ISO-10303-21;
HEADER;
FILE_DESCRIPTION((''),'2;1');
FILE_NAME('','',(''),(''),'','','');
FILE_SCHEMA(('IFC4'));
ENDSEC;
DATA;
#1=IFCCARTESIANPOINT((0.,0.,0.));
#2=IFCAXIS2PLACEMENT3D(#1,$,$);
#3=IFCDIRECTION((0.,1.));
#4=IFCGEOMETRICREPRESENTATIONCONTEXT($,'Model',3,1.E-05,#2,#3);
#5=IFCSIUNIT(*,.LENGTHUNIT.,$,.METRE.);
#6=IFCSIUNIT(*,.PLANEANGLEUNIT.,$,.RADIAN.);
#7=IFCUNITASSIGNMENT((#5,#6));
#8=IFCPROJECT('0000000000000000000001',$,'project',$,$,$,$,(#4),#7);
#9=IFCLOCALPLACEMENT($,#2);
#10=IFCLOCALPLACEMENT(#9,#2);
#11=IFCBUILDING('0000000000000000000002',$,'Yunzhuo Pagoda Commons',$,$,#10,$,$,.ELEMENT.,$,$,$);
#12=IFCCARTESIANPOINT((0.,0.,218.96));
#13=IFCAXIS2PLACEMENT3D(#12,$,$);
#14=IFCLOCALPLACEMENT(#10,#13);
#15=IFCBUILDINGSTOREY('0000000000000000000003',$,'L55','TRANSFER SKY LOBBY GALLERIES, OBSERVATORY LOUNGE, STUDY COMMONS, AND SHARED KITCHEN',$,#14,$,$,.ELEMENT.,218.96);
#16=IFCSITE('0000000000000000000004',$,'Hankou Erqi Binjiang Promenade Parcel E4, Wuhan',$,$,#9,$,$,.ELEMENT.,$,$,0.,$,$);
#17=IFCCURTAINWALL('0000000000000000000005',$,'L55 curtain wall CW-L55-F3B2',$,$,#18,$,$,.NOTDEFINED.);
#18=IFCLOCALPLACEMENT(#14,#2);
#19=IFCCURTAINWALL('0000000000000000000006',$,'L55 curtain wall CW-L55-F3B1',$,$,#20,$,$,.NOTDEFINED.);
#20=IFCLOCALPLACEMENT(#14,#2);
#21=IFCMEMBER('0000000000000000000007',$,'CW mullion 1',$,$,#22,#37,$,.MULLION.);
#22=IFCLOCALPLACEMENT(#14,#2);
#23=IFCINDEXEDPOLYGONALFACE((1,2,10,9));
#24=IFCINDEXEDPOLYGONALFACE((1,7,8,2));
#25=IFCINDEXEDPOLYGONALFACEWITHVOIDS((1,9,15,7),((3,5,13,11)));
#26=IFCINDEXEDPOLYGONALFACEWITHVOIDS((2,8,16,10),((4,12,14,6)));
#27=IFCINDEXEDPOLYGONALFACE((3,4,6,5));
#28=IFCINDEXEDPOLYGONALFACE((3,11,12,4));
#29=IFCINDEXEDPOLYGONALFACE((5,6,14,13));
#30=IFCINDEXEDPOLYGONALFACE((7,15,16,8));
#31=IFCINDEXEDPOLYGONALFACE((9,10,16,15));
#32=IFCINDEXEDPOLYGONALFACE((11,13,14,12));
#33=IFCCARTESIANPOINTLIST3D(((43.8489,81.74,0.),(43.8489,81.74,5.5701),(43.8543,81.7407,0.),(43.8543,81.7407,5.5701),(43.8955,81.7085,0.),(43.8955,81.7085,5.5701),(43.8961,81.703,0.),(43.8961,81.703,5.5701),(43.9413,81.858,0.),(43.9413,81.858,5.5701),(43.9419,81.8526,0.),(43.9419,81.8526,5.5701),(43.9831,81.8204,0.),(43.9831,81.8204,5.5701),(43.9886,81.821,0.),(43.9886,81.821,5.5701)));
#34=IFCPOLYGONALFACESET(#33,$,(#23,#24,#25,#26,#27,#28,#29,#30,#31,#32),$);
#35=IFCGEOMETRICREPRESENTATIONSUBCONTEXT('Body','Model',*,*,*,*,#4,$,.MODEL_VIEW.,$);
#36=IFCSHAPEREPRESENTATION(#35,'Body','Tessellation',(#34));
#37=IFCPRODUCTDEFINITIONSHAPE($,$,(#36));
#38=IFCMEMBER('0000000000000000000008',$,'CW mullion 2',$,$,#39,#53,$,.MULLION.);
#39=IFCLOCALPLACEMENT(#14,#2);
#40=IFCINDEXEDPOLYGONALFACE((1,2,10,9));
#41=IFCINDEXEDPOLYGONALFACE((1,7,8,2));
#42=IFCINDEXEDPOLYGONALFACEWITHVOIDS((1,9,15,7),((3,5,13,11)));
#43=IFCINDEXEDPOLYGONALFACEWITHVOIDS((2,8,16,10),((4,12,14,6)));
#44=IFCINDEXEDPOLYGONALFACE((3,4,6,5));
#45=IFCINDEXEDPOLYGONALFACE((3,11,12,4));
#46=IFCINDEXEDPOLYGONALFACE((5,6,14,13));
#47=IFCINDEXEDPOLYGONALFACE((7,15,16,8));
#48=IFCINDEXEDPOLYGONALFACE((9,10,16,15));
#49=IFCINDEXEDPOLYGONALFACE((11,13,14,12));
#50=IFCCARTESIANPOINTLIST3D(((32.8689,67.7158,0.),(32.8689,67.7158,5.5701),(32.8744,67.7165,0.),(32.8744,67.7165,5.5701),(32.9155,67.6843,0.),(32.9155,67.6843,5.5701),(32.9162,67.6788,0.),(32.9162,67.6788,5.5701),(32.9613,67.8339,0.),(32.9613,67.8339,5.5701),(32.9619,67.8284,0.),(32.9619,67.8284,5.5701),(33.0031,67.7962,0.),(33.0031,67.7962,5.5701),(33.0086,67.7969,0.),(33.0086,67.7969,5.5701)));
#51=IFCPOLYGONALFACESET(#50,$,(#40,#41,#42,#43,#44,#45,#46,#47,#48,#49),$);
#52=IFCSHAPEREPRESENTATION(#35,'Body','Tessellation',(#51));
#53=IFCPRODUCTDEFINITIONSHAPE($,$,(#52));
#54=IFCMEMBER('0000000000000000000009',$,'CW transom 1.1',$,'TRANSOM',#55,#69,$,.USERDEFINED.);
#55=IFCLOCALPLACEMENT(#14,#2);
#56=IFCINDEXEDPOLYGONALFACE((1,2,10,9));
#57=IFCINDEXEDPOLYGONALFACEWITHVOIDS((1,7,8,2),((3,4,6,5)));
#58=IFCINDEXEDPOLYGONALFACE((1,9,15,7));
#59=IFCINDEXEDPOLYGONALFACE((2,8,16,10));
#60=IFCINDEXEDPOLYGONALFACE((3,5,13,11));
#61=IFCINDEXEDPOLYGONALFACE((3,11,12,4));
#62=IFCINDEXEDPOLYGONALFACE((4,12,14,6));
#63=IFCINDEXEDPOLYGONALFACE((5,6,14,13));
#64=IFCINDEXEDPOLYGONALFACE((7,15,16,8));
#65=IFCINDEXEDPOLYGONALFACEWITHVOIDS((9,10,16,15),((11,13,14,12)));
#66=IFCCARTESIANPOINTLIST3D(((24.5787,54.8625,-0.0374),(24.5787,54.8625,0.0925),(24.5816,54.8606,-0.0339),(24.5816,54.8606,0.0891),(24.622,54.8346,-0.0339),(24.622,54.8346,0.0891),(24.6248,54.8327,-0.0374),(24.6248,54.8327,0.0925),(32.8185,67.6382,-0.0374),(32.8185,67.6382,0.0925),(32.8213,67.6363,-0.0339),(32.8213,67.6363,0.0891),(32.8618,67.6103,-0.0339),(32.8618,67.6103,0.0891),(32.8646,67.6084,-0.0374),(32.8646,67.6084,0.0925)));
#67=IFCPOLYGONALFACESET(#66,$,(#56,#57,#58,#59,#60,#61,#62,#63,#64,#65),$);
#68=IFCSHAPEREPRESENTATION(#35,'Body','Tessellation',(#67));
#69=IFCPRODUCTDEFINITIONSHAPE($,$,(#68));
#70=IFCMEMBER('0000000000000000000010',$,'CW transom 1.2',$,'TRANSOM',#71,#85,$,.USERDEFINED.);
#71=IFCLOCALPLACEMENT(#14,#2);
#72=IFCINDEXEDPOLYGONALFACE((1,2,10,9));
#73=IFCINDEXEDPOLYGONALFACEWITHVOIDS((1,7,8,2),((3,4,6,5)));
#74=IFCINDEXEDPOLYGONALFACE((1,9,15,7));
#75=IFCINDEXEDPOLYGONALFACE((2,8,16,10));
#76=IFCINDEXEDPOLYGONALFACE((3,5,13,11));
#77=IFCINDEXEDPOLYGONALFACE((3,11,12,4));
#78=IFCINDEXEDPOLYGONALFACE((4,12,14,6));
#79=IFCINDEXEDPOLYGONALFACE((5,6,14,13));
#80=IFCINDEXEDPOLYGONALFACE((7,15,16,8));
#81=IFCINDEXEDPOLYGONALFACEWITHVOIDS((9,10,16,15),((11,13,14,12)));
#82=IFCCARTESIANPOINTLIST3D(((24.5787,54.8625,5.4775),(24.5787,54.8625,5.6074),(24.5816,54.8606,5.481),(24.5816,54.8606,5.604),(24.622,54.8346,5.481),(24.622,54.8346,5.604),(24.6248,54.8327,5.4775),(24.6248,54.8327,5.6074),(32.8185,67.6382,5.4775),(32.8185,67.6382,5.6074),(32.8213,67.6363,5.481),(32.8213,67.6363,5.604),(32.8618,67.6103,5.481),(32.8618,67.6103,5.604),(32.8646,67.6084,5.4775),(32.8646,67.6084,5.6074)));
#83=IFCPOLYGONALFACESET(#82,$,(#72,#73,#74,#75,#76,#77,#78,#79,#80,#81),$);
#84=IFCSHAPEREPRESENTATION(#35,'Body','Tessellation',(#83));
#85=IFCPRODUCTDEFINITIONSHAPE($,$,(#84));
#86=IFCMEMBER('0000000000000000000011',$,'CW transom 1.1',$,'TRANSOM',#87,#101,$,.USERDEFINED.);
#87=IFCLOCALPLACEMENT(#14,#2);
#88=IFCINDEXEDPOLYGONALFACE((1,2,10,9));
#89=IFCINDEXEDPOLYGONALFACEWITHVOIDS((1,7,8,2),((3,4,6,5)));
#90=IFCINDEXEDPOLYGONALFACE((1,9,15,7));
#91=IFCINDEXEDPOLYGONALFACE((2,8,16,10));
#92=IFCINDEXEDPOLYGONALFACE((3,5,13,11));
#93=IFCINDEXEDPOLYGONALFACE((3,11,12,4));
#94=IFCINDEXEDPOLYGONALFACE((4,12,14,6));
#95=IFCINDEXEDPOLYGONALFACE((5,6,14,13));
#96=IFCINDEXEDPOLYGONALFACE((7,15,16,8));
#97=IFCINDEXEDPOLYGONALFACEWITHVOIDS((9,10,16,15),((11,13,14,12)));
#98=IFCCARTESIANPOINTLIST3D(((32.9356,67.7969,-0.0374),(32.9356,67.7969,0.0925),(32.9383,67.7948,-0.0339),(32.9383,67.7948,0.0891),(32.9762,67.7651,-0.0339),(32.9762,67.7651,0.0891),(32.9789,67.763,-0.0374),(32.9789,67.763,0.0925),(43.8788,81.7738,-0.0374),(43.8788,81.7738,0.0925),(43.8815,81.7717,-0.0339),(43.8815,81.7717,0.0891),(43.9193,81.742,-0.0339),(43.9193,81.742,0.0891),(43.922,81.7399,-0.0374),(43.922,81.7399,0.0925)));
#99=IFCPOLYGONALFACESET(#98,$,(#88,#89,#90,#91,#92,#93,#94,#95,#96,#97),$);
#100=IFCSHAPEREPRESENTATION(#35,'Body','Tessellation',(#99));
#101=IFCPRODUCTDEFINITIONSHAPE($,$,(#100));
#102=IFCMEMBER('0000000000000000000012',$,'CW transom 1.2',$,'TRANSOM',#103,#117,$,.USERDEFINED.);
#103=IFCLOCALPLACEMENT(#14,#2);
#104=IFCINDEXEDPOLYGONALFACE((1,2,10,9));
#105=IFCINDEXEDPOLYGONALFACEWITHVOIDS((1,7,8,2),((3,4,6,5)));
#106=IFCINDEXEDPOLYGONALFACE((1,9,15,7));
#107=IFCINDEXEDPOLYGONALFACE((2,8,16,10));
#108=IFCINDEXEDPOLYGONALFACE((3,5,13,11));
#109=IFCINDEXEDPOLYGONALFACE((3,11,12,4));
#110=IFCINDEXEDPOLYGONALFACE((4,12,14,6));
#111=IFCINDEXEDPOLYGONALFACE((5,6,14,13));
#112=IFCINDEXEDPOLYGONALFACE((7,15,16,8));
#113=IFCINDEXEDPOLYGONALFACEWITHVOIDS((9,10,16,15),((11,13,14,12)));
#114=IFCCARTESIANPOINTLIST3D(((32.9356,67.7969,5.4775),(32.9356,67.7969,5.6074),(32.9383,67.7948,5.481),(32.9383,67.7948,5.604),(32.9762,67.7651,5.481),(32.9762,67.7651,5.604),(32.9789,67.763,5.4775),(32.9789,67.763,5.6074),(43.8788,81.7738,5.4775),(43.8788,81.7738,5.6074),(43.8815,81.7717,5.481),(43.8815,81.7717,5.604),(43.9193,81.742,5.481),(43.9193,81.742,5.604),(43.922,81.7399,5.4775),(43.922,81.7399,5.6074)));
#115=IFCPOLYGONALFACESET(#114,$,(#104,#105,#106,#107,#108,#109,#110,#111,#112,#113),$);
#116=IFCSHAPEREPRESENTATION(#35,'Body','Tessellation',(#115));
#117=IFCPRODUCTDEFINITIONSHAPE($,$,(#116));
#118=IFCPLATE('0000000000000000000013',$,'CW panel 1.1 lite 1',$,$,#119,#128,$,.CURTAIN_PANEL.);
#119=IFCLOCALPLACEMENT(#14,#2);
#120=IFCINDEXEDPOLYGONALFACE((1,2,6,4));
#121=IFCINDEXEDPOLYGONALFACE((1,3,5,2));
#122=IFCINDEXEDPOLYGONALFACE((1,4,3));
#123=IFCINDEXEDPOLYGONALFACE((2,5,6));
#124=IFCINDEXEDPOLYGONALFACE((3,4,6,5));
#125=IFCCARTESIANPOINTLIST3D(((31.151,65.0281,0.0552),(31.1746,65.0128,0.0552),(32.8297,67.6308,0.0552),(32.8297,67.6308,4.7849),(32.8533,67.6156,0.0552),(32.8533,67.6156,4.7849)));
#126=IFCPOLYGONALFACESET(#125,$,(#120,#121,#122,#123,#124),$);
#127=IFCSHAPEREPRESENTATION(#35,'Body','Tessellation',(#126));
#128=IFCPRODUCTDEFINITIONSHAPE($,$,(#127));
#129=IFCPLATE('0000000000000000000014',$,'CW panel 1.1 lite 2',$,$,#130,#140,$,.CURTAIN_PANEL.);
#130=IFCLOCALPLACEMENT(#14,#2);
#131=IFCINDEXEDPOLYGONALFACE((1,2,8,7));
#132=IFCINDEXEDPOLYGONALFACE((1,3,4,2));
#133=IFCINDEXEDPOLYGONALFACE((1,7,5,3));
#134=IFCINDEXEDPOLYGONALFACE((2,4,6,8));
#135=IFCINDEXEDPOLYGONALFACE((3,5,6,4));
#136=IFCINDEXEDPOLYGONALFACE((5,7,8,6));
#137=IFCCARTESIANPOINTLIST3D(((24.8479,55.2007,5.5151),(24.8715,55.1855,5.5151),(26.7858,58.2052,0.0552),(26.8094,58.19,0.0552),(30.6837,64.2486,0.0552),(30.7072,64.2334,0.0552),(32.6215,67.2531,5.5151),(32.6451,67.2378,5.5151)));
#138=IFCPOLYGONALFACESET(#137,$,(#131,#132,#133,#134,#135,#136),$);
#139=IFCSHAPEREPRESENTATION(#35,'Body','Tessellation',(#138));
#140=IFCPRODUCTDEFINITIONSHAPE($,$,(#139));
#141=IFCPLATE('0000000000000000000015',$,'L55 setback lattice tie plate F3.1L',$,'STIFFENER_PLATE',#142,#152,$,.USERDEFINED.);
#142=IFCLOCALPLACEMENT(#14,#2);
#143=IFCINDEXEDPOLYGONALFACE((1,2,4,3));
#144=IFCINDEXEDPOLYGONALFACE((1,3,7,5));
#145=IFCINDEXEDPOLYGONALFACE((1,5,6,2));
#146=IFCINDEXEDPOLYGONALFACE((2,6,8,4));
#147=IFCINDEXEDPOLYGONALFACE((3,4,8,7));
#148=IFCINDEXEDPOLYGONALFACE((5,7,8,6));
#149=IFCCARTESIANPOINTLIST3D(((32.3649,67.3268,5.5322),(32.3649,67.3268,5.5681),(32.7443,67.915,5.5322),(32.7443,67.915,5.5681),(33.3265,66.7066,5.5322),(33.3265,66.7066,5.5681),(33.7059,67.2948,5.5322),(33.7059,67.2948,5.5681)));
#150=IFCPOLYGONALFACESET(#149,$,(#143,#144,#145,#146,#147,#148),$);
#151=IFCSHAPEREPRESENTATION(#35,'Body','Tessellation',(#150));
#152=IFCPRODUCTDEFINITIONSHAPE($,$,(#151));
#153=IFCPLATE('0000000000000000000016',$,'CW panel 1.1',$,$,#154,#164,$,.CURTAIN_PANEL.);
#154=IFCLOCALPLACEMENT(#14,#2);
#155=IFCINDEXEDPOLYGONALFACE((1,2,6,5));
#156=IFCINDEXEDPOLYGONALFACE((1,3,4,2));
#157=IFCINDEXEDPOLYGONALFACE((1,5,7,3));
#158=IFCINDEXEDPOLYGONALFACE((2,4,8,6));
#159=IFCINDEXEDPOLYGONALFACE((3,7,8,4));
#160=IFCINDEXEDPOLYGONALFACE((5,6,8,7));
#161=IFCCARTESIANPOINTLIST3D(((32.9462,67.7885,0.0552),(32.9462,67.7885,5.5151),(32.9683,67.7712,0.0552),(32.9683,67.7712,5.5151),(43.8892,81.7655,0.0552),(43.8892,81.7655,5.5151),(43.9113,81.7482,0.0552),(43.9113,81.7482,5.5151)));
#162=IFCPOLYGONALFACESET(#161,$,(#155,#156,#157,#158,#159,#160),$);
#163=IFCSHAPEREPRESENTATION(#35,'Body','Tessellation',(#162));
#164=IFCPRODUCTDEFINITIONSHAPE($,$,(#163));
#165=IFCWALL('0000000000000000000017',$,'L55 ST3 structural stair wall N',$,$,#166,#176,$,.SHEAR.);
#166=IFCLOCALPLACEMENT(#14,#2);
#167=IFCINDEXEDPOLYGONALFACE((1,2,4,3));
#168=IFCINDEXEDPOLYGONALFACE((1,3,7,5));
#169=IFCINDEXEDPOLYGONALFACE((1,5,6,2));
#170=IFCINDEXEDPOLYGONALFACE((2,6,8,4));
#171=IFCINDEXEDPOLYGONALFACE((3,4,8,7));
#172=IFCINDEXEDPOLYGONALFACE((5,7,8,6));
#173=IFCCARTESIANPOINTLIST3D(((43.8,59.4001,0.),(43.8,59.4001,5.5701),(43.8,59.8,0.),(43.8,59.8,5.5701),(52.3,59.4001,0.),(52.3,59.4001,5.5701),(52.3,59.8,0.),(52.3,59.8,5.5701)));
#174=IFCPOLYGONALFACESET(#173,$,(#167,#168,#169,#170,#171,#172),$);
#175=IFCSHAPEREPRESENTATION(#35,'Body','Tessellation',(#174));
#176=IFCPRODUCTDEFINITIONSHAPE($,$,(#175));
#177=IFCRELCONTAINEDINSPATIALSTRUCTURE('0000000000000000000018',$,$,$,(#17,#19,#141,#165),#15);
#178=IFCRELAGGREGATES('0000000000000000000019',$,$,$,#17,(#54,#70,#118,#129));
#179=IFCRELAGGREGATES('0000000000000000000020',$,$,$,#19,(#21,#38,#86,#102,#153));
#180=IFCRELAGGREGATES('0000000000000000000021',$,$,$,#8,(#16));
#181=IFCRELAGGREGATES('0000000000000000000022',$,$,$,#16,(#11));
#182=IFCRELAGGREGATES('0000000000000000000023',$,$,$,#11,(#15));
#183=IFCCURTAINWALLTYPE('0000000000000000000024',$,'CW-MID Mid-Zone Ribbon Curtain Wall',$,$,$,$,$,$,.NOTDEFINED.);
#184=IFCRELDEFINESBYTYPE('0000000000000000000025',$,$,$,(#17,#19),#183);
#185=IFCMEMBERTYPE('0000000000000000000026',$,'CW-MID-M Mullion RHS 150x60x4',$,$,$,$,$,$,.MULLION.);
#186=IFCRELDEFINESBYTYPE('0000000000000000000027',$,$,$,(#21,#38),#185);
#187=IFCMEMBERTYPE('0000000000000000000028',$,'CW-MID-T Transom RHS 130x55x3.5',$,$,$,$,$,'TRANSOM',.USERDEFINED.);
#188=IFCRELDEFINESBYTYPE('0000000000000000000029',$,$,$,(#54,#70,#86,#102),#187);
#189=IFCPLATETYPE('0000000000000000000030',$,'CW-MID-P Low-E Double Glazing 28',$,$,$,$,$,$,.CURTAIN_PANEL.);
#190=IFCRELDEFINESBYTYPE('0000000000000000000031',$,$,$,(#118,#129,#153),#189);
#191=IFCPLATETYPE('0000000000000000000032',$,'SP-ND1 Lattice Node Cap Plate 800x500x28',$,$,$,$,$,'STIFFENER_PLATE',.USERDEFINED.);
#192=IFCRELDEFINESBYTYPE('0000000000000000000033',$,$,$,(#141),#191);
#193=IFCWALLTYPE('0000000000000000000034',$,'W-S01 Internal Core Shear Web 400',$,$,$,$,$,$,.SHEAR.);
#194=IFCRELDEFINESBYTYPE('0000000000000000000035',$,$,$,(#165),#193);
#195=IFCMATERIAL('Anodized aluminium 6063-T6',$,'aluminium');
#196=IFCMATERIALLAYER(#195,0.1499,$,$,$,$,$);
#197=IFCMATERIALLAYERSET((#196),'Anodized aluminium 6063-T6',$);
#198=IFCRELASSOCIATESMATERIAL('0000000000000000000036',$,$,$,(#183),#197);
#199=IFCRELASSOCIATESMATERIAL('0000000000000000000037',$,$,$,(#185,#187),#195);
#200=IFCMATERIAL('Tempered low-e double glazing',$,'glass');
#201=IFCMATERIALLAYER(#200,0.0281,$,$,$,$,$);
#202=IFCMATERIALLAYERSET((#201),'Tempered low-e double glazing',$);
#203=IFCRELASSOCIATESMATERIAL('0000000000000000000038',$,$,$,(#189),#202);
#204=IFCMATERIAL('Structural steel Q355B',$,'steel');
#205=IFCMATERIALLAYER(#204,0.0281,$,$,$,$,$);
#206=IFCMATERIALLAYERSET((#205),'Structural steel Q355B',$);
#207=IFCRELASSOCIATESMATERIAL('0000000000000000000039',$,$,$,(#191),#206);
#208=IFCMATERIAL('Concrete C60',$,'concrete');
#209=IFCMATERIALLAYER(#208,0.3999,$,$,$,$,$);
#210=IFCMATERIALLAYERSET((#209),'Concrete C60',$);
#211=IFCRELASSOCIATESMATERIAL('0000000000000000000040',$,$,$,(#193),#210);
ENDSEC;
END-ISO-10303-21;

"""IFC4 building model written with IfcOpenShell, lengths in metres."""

from ifc_helpers import new_model, si_unit, direction, frame, frame_2d, origin, origin_2d, place, context, subcontext, project, spatial, polyline, rectangle, hollow_rectangle, outline, extrude, source, transform, mapped, material, layer, layer_set, material_profile, profile_set, type_object, element, aggregate, save


model = new_model("IFC4")

# Units and contexts
model_context = context("Model", 3, precision=1e-05, world=origin(), true_north=direction((0.0, 1.0)))
body_context = subcontext(model_context, "Body", "Model", "MODEL_VIEW")
ifc_project = project(units=[si_unit("LENGTHUNIT", "METRE"), si_unit("PLANEANGLEUNIT", "RADIAN")], contexts=[model_context])

# Site, building, storey
site_placement = place(None, origin())
site = spatial("IfcSite", under=ifc_project, at=site_placement, Name="Hankou Erqi Binjiang Promenade Parcel E4, Wuhan", CompositionType="ELEMENT", RefElevation=0.0)
building_placement = place(site_placement, origin())
building = spatial("IfcBuilding", under=site, at=building_placement, Name="Yunzhuo Pagoda Commons", CompositionType="ELEMENT")
storey_placement = place(building_placement, frame((0.0, 0.0, 218.96)))
storey = spatial("IfcBuildingStorey", under=building, at=storey_placement, Name="L55", Description="TRANSFER SKY LOBBY GALLERIES, OBSERVATORY LOUNGE, STUDY COMMONS, AND SHARED KITCHEN", CompositionType="ELEMENT", Elevation=218.96)

# Shared definitions
ifc_material_1 = material(Name="Structural steel Q355B", Category="steel")

# Curtain wall
ifc_material_2 = material(Name="Anodized aluminium 6063-T6", Category="aluminium")
ifc_layer_1 = layer(ifc_material_2, 0.1499)
ifc_layer_set_1 = layer_set([ifc_layer_1], Name="Anodized aluminium 6063-T6")
curtain_wall_type = type_object("IfcCurtainWallType", Name="CW-MID Mid-Zone Ribbon Curtain Wall", PredefinedType="NOTDEFINED", material=ifc_layer_set_1)
curtain_wall_1_placement = place(storey_placement, origin())
curtain_wall_1 = element("IfcCurtainWall", 1, at=curtain_wall_1_placement, inside=storey, type_object=curtain_wall_type, Name="L55 curtain wall CW-L55-F3B2", PredefinedType="NOTDEFINED")
ifc_material_profile_1 = material_profile(ifc_material_2, hollow_rectangle(XDim=0.0601, YDim=0.1499, WallThickness=0.0039, at=origin_2d()), Name="Anodized aluminium 6063-T6")
ifc_profile_set_1 = profile_set([ifc_material_profile_1], Name="Anodized aluminium 6063-T6")
member_type_1 = type_object("IfcMemberType", Name="CW-MID-M Mullion RHS 150x60x4", PredefinedType="MULLION", material=ifc_profile_set_1)
shared_shape_1 = source(origin(), body_context, "Body", "SweptSolid", [
    extrude(hollow_rectangle(XDim=0.0601, YDim=0.1499, WallThickness=0.0039, at=origin_2d()), origin(), (0.0, 0.0, 1.0), 5.5701),
])

# Curtain wall, members
curtain_wall_2_placement = place(storey_placement, origin())
curtain_wall_2 = element("IfcCurtainWall", 2, at=curtain_wall_2_placement, inside=storey, type_object=curtain_wall_type, Name="L55 curtain wall CW-L55-F3B1", PredefinedType="NOTDEFINED")
member_1_placement = place(storey_placement, frame((43.9187, 81.7805, 0.0), z_axis=(0.0, 0.0, 1.0), x_axis=(0.787383, -0.616464, 0.0)))
member_1 = element("IfcMember", 3, at=member_1_placement, type_object=member_type_1, Name="CW mullion 1", PredefinedType="MULLION", context=body_context, shape_type="MappedRepresentation", body=[
    mapped(shared_shape_1, transform((0.0, 0.0, 0.0), scale=1.0)),
])
member_2_placement = place(storey_placement, frame((32.9387, 67.7563, 0.0), z_axis=(0.0, 0.0, 1.0), x_axis=(0.787383, -0.616464, 0.0)))
member_2 = element("IfcMember", 4, at=member_2_placement, type_object=member_type_1, Name="CW mullion 2", PredefinedType="MULLION", context=body_context, shape_type="MappedRepresentation", body=[
    mapped(shared_shape_1, transform((0.0, 0.0, 0.0), scale=1.0)),
])

# Members
ifc_material_profile_2 = material_profile(ifc_material_2, hollow_rectangle(XDim=0.0549, YDim=0.1299, WallThickness=0.0034, at=origin_2d()), Name="Anodized aluminium 6063-T6")
ifc_profile_set_2 = profile_set([ifc_material_profile_2], Name="Anodized aluminium 6063-T6")
member_type_2 = type_object("IfcMemberType", Name="CW-MID-T Transom RHS 130x55x3.5", ElementType="TRANSOM", PredefinedType="USERDEFINED", material=ifc_profile_set_2)
shared_shape_2 = source(origin(), body_context, "Body", "SweptSolid", [
    extrude(hollow_rectangle(XDim=0.0549, YDim=0.1299, WallThickness=0.0034, at=origin_2d()), origin(), (0.0, 0.0, 1.0), 15.2024),
])
member_3_placement = place(storey_placement, frame((32.8416, 67.6233, 0.0276), z_axis=(-0.542006, -0.840375, 0.0), x_axis=(0.840375, -0.542006, 0.0)))
member_3 = element("IfcMember", 5, at=member_3_placement, type_object=member_type_2, Name="CW transom 1.1", ObjectType="TRANSOM", PredefinedType="USERDEFINED", context=body_context, shape_type="MappedRepresentation", body=[
    mapped(shared_shape_2, transform((0.0, 0.0, 0.0), scale=1.0)),
])
member_4_placement = place(storey_placement, frame((32.8416, 67.6233, 5.5425), z_axis=(-0.542006, -0.840375, 0.0), x_axis=(0.840375, -0.542006, 0.0)))
member_4 = element("IfcMember", 6, at=member_4_placement, type_object=member_type_2, Name="CW transom 1.2", ObjectType="TRANSOM", PredefinedType="USERDEFINED", context=body_context, shape_type="MappedRepresentation", body=[
    mapped(shared_shape_2, transform((0.0, 0.0, 0.0), scale=1.0)),
])
shared_shape_3 = source(origin(), body_context, "Body", "SweptSolid", [
    extrude(hollow_rectangle(XDim=0.0549, YDim=0.1299, WallThickness=0.0034, at=origin_2d()), origin(), (0.0, 0.0, 1.0), 17.7512),
])
member_5_placement = place(storey_placement, frame((43.9004, 81.7568, 0.0276), z_axis=(-0.616474, -0.787375, 0.0), x_axis=(0.787375, -0.616474, 0.0)))
member_5 = element("IfcMember", 7, at=member_5_placement, type_object=member_type_2, Name="CW transom 1.1", ObjectType="TRANSOM", PredefinedType="USERDEFINED", context=body_context, shape_type="MappedRepresentation", body=[
    mapped(shared_shape_3, transform((0.0, 0.0, 0.0), scale=1.0)),
])
member_6_placement = place(storey_placement, frame((43.9004, 81.7568, 5.5425), z_axis=(-0.616474, -0.787375, 0.0), x_axis=(0.787375, -0.616474, 0.0)))
member_6 = element("IfcMember", 8, at=member_6_placement, type_object=member_type_2, Name="CW transom 1.2", ObjectType="TRANSOM", PredefinedType="USERDEFINED", context=body_context, shape_type="MappedRepresentation", body=[
    mapped(shared_shape_3, transform((0.0, 0.0, 0.0), scale=1.0)),
])

# Plates
ifc_material_3 = material(Name="Tempered low-e double glazing", Category="glass")
ifc_layer_2 = layer(ifc_material_3, 0.0281)
ifc_layer_set_2 = layer_set([ifc_layer_2], Name="Tempered low-e double glazing")
plate_type_1 = type_object("IfcPlateType", Name="CW-MID-P Low-E Double Glazing 28", PredefinedType="CURTAIN_PANEL", material=ifc_layer_set_2)
plate_1_placement = place(storey_placement, frame((32.0139, 66.3142, 2.4199), z_axis=(-0.840365, 0.542021, 0.0), x_axis=(-0.542021, -0.840365, 0.0)))
plate_1 = element("IfcPlate", 9, at=plate_1_placement, type_object=plate_type_1, Name="CW panel 1.1 lite 1", PredefinedType="CURTAIN_PANEL", context=body_context, shape_type="SweptSolid", body=[
    extrude(outline(polyline([(-1.5486, -2.3647), (1.5486, -2.3647), (-1.5486, 2.365), (-1.5486, -2.3647)])), origin(), (0.0, 0.0, 1.0), 0.0281),
])
plate_2_placement = place(storey_placement, frame((28.7583, 61.2117, 2.7852), z_axis=(-0.840365, 0.542021, 0.0), x_axis=(-0.542021, -0.840365, 0.0)))
plate_2 = element("IfcPlate", 10, at=plate_2_placement, type_object=plate_type_1, Name="CW panel 1.1 lite 2", PredefinedType="CURTAIN_PANEL", context=body_context, shape_type="SweptSolid", body=[
    extrude(outline(polyline([(-7.1709, 2.73), (-3.5957, -2.73), (3.5957, -2.73), (7.1709, 2.73), (-7.1709, 2.73)])), origin(), (0.0, 0.0, 1.0), 0.0281),
])
aggregate(curtain_wall_1, [member_3, member_4, plate_1, plate_2])
ifc_layer_3 = layer(ifc_material_1, 0.0281)
ifc_layer_set_3 = layer_set([ifc_layer_3], Name="Structural steel Q355B")
plate_type_2 = type_object("IfcPlateType", Name="SP-ND1 Lattice Node Cap Plate 800x500x28", ElementType="STIFFENER_PLATE", PredefinedType="USERDEFINED", material=ifc_layer_set_3)
shared_shape_4 = source(origin(), body_context, "Body", "SweptSolid", [
    extrude(rectangle(XDim=0.7, YDim=1.1443, at=origin_2d()), origin(), (0.0, 0.0, 1.0), 0.0359),
])
plate_3_placement = place(storey_placement, frame((33.0354, 67.3108, 5.5322), z_axis=(0.0, 0.0, 1.0), x_axis=(-0.542016, -0.840368, 0.0)))
element("IfcPlate", 11, at=plate_3_placement, inside=storey, type_object=plate_type_2, Name="L55 setback lattice tie plate F3.1L", ObjectType="STIFFENER_PLATE", PredefinedType="USERDEFINED", context=body_context, shape_type="MappedRepresentation", body=[
    mapped(shared_shape_4, transform((0.0, 0.0, 0.0), scale=1.0)),
])
shared_shape_5 = source(origin(), body_context, "Body", "SweptSolid", [
    extrude(rectangle(XDim=17.7512, YDim=0.0281, at=origin_2d()), origin(), (0.0, 0.0, 1.0), 5.46),
])
plate_4_placement = place(storey_placement, frame((38.4287, 74.7683, 0.0552), z_axis=(0.0, 0.0, 1.0), x_axis=(-0.616464, -0.787383, 0.0)))
plate_4 = element("IfcPlate", 12, at=plate_4_placement, type_object=plate_type_1, Name="CW panel 1.1", PredefinedType="CURTAIN_PANEL", context=body_context, shape_type="MappedRepresentation", body=[
    mapped(shared_shape_5, transform((0.0, 0.0, 0.0), scale=1.0)),
])
aggregate(curtain_wall_2, [member_1, member_2, member_5, member_6, plate_4])

# Wall
ifc_material_4 = material(Name="Concrete C60", Category="concrete")
ifc_layer_4 = layer(ifc_material_4, 0.3999)
ifc_layer_set_4 = layer_set([ifc_layer_4], Name="Concrete C60")
wall_type = type_object("IfcWallType", Name="W-S01 Internal Core Shear Web 400", PredefinedType="SHEAR", material=ifc_layer_set_4)
wall_placement = place(storey_placement, frame((43.8, 59.6001, 0.0), z_axis=(0.0, 0.0, 1.0), x_axis=(1.0, 0.0, 0.0)))
element("IfcWall", 13, at=wall_placement, inside=storey, type_object=wall_type, Name="L55 ST3 structural stair wall N", PredefinedType="SHEAR", context=body_context, shape_type="SweptSolid", body=[
    extrude(rectangle(XDim=8.5, YDim=0.3999, at=frame_2d((4.25, 0.0))), origin(), (0.0, 0.0, 1.0), 5.5701),
])

save(model, "model.ifc")
